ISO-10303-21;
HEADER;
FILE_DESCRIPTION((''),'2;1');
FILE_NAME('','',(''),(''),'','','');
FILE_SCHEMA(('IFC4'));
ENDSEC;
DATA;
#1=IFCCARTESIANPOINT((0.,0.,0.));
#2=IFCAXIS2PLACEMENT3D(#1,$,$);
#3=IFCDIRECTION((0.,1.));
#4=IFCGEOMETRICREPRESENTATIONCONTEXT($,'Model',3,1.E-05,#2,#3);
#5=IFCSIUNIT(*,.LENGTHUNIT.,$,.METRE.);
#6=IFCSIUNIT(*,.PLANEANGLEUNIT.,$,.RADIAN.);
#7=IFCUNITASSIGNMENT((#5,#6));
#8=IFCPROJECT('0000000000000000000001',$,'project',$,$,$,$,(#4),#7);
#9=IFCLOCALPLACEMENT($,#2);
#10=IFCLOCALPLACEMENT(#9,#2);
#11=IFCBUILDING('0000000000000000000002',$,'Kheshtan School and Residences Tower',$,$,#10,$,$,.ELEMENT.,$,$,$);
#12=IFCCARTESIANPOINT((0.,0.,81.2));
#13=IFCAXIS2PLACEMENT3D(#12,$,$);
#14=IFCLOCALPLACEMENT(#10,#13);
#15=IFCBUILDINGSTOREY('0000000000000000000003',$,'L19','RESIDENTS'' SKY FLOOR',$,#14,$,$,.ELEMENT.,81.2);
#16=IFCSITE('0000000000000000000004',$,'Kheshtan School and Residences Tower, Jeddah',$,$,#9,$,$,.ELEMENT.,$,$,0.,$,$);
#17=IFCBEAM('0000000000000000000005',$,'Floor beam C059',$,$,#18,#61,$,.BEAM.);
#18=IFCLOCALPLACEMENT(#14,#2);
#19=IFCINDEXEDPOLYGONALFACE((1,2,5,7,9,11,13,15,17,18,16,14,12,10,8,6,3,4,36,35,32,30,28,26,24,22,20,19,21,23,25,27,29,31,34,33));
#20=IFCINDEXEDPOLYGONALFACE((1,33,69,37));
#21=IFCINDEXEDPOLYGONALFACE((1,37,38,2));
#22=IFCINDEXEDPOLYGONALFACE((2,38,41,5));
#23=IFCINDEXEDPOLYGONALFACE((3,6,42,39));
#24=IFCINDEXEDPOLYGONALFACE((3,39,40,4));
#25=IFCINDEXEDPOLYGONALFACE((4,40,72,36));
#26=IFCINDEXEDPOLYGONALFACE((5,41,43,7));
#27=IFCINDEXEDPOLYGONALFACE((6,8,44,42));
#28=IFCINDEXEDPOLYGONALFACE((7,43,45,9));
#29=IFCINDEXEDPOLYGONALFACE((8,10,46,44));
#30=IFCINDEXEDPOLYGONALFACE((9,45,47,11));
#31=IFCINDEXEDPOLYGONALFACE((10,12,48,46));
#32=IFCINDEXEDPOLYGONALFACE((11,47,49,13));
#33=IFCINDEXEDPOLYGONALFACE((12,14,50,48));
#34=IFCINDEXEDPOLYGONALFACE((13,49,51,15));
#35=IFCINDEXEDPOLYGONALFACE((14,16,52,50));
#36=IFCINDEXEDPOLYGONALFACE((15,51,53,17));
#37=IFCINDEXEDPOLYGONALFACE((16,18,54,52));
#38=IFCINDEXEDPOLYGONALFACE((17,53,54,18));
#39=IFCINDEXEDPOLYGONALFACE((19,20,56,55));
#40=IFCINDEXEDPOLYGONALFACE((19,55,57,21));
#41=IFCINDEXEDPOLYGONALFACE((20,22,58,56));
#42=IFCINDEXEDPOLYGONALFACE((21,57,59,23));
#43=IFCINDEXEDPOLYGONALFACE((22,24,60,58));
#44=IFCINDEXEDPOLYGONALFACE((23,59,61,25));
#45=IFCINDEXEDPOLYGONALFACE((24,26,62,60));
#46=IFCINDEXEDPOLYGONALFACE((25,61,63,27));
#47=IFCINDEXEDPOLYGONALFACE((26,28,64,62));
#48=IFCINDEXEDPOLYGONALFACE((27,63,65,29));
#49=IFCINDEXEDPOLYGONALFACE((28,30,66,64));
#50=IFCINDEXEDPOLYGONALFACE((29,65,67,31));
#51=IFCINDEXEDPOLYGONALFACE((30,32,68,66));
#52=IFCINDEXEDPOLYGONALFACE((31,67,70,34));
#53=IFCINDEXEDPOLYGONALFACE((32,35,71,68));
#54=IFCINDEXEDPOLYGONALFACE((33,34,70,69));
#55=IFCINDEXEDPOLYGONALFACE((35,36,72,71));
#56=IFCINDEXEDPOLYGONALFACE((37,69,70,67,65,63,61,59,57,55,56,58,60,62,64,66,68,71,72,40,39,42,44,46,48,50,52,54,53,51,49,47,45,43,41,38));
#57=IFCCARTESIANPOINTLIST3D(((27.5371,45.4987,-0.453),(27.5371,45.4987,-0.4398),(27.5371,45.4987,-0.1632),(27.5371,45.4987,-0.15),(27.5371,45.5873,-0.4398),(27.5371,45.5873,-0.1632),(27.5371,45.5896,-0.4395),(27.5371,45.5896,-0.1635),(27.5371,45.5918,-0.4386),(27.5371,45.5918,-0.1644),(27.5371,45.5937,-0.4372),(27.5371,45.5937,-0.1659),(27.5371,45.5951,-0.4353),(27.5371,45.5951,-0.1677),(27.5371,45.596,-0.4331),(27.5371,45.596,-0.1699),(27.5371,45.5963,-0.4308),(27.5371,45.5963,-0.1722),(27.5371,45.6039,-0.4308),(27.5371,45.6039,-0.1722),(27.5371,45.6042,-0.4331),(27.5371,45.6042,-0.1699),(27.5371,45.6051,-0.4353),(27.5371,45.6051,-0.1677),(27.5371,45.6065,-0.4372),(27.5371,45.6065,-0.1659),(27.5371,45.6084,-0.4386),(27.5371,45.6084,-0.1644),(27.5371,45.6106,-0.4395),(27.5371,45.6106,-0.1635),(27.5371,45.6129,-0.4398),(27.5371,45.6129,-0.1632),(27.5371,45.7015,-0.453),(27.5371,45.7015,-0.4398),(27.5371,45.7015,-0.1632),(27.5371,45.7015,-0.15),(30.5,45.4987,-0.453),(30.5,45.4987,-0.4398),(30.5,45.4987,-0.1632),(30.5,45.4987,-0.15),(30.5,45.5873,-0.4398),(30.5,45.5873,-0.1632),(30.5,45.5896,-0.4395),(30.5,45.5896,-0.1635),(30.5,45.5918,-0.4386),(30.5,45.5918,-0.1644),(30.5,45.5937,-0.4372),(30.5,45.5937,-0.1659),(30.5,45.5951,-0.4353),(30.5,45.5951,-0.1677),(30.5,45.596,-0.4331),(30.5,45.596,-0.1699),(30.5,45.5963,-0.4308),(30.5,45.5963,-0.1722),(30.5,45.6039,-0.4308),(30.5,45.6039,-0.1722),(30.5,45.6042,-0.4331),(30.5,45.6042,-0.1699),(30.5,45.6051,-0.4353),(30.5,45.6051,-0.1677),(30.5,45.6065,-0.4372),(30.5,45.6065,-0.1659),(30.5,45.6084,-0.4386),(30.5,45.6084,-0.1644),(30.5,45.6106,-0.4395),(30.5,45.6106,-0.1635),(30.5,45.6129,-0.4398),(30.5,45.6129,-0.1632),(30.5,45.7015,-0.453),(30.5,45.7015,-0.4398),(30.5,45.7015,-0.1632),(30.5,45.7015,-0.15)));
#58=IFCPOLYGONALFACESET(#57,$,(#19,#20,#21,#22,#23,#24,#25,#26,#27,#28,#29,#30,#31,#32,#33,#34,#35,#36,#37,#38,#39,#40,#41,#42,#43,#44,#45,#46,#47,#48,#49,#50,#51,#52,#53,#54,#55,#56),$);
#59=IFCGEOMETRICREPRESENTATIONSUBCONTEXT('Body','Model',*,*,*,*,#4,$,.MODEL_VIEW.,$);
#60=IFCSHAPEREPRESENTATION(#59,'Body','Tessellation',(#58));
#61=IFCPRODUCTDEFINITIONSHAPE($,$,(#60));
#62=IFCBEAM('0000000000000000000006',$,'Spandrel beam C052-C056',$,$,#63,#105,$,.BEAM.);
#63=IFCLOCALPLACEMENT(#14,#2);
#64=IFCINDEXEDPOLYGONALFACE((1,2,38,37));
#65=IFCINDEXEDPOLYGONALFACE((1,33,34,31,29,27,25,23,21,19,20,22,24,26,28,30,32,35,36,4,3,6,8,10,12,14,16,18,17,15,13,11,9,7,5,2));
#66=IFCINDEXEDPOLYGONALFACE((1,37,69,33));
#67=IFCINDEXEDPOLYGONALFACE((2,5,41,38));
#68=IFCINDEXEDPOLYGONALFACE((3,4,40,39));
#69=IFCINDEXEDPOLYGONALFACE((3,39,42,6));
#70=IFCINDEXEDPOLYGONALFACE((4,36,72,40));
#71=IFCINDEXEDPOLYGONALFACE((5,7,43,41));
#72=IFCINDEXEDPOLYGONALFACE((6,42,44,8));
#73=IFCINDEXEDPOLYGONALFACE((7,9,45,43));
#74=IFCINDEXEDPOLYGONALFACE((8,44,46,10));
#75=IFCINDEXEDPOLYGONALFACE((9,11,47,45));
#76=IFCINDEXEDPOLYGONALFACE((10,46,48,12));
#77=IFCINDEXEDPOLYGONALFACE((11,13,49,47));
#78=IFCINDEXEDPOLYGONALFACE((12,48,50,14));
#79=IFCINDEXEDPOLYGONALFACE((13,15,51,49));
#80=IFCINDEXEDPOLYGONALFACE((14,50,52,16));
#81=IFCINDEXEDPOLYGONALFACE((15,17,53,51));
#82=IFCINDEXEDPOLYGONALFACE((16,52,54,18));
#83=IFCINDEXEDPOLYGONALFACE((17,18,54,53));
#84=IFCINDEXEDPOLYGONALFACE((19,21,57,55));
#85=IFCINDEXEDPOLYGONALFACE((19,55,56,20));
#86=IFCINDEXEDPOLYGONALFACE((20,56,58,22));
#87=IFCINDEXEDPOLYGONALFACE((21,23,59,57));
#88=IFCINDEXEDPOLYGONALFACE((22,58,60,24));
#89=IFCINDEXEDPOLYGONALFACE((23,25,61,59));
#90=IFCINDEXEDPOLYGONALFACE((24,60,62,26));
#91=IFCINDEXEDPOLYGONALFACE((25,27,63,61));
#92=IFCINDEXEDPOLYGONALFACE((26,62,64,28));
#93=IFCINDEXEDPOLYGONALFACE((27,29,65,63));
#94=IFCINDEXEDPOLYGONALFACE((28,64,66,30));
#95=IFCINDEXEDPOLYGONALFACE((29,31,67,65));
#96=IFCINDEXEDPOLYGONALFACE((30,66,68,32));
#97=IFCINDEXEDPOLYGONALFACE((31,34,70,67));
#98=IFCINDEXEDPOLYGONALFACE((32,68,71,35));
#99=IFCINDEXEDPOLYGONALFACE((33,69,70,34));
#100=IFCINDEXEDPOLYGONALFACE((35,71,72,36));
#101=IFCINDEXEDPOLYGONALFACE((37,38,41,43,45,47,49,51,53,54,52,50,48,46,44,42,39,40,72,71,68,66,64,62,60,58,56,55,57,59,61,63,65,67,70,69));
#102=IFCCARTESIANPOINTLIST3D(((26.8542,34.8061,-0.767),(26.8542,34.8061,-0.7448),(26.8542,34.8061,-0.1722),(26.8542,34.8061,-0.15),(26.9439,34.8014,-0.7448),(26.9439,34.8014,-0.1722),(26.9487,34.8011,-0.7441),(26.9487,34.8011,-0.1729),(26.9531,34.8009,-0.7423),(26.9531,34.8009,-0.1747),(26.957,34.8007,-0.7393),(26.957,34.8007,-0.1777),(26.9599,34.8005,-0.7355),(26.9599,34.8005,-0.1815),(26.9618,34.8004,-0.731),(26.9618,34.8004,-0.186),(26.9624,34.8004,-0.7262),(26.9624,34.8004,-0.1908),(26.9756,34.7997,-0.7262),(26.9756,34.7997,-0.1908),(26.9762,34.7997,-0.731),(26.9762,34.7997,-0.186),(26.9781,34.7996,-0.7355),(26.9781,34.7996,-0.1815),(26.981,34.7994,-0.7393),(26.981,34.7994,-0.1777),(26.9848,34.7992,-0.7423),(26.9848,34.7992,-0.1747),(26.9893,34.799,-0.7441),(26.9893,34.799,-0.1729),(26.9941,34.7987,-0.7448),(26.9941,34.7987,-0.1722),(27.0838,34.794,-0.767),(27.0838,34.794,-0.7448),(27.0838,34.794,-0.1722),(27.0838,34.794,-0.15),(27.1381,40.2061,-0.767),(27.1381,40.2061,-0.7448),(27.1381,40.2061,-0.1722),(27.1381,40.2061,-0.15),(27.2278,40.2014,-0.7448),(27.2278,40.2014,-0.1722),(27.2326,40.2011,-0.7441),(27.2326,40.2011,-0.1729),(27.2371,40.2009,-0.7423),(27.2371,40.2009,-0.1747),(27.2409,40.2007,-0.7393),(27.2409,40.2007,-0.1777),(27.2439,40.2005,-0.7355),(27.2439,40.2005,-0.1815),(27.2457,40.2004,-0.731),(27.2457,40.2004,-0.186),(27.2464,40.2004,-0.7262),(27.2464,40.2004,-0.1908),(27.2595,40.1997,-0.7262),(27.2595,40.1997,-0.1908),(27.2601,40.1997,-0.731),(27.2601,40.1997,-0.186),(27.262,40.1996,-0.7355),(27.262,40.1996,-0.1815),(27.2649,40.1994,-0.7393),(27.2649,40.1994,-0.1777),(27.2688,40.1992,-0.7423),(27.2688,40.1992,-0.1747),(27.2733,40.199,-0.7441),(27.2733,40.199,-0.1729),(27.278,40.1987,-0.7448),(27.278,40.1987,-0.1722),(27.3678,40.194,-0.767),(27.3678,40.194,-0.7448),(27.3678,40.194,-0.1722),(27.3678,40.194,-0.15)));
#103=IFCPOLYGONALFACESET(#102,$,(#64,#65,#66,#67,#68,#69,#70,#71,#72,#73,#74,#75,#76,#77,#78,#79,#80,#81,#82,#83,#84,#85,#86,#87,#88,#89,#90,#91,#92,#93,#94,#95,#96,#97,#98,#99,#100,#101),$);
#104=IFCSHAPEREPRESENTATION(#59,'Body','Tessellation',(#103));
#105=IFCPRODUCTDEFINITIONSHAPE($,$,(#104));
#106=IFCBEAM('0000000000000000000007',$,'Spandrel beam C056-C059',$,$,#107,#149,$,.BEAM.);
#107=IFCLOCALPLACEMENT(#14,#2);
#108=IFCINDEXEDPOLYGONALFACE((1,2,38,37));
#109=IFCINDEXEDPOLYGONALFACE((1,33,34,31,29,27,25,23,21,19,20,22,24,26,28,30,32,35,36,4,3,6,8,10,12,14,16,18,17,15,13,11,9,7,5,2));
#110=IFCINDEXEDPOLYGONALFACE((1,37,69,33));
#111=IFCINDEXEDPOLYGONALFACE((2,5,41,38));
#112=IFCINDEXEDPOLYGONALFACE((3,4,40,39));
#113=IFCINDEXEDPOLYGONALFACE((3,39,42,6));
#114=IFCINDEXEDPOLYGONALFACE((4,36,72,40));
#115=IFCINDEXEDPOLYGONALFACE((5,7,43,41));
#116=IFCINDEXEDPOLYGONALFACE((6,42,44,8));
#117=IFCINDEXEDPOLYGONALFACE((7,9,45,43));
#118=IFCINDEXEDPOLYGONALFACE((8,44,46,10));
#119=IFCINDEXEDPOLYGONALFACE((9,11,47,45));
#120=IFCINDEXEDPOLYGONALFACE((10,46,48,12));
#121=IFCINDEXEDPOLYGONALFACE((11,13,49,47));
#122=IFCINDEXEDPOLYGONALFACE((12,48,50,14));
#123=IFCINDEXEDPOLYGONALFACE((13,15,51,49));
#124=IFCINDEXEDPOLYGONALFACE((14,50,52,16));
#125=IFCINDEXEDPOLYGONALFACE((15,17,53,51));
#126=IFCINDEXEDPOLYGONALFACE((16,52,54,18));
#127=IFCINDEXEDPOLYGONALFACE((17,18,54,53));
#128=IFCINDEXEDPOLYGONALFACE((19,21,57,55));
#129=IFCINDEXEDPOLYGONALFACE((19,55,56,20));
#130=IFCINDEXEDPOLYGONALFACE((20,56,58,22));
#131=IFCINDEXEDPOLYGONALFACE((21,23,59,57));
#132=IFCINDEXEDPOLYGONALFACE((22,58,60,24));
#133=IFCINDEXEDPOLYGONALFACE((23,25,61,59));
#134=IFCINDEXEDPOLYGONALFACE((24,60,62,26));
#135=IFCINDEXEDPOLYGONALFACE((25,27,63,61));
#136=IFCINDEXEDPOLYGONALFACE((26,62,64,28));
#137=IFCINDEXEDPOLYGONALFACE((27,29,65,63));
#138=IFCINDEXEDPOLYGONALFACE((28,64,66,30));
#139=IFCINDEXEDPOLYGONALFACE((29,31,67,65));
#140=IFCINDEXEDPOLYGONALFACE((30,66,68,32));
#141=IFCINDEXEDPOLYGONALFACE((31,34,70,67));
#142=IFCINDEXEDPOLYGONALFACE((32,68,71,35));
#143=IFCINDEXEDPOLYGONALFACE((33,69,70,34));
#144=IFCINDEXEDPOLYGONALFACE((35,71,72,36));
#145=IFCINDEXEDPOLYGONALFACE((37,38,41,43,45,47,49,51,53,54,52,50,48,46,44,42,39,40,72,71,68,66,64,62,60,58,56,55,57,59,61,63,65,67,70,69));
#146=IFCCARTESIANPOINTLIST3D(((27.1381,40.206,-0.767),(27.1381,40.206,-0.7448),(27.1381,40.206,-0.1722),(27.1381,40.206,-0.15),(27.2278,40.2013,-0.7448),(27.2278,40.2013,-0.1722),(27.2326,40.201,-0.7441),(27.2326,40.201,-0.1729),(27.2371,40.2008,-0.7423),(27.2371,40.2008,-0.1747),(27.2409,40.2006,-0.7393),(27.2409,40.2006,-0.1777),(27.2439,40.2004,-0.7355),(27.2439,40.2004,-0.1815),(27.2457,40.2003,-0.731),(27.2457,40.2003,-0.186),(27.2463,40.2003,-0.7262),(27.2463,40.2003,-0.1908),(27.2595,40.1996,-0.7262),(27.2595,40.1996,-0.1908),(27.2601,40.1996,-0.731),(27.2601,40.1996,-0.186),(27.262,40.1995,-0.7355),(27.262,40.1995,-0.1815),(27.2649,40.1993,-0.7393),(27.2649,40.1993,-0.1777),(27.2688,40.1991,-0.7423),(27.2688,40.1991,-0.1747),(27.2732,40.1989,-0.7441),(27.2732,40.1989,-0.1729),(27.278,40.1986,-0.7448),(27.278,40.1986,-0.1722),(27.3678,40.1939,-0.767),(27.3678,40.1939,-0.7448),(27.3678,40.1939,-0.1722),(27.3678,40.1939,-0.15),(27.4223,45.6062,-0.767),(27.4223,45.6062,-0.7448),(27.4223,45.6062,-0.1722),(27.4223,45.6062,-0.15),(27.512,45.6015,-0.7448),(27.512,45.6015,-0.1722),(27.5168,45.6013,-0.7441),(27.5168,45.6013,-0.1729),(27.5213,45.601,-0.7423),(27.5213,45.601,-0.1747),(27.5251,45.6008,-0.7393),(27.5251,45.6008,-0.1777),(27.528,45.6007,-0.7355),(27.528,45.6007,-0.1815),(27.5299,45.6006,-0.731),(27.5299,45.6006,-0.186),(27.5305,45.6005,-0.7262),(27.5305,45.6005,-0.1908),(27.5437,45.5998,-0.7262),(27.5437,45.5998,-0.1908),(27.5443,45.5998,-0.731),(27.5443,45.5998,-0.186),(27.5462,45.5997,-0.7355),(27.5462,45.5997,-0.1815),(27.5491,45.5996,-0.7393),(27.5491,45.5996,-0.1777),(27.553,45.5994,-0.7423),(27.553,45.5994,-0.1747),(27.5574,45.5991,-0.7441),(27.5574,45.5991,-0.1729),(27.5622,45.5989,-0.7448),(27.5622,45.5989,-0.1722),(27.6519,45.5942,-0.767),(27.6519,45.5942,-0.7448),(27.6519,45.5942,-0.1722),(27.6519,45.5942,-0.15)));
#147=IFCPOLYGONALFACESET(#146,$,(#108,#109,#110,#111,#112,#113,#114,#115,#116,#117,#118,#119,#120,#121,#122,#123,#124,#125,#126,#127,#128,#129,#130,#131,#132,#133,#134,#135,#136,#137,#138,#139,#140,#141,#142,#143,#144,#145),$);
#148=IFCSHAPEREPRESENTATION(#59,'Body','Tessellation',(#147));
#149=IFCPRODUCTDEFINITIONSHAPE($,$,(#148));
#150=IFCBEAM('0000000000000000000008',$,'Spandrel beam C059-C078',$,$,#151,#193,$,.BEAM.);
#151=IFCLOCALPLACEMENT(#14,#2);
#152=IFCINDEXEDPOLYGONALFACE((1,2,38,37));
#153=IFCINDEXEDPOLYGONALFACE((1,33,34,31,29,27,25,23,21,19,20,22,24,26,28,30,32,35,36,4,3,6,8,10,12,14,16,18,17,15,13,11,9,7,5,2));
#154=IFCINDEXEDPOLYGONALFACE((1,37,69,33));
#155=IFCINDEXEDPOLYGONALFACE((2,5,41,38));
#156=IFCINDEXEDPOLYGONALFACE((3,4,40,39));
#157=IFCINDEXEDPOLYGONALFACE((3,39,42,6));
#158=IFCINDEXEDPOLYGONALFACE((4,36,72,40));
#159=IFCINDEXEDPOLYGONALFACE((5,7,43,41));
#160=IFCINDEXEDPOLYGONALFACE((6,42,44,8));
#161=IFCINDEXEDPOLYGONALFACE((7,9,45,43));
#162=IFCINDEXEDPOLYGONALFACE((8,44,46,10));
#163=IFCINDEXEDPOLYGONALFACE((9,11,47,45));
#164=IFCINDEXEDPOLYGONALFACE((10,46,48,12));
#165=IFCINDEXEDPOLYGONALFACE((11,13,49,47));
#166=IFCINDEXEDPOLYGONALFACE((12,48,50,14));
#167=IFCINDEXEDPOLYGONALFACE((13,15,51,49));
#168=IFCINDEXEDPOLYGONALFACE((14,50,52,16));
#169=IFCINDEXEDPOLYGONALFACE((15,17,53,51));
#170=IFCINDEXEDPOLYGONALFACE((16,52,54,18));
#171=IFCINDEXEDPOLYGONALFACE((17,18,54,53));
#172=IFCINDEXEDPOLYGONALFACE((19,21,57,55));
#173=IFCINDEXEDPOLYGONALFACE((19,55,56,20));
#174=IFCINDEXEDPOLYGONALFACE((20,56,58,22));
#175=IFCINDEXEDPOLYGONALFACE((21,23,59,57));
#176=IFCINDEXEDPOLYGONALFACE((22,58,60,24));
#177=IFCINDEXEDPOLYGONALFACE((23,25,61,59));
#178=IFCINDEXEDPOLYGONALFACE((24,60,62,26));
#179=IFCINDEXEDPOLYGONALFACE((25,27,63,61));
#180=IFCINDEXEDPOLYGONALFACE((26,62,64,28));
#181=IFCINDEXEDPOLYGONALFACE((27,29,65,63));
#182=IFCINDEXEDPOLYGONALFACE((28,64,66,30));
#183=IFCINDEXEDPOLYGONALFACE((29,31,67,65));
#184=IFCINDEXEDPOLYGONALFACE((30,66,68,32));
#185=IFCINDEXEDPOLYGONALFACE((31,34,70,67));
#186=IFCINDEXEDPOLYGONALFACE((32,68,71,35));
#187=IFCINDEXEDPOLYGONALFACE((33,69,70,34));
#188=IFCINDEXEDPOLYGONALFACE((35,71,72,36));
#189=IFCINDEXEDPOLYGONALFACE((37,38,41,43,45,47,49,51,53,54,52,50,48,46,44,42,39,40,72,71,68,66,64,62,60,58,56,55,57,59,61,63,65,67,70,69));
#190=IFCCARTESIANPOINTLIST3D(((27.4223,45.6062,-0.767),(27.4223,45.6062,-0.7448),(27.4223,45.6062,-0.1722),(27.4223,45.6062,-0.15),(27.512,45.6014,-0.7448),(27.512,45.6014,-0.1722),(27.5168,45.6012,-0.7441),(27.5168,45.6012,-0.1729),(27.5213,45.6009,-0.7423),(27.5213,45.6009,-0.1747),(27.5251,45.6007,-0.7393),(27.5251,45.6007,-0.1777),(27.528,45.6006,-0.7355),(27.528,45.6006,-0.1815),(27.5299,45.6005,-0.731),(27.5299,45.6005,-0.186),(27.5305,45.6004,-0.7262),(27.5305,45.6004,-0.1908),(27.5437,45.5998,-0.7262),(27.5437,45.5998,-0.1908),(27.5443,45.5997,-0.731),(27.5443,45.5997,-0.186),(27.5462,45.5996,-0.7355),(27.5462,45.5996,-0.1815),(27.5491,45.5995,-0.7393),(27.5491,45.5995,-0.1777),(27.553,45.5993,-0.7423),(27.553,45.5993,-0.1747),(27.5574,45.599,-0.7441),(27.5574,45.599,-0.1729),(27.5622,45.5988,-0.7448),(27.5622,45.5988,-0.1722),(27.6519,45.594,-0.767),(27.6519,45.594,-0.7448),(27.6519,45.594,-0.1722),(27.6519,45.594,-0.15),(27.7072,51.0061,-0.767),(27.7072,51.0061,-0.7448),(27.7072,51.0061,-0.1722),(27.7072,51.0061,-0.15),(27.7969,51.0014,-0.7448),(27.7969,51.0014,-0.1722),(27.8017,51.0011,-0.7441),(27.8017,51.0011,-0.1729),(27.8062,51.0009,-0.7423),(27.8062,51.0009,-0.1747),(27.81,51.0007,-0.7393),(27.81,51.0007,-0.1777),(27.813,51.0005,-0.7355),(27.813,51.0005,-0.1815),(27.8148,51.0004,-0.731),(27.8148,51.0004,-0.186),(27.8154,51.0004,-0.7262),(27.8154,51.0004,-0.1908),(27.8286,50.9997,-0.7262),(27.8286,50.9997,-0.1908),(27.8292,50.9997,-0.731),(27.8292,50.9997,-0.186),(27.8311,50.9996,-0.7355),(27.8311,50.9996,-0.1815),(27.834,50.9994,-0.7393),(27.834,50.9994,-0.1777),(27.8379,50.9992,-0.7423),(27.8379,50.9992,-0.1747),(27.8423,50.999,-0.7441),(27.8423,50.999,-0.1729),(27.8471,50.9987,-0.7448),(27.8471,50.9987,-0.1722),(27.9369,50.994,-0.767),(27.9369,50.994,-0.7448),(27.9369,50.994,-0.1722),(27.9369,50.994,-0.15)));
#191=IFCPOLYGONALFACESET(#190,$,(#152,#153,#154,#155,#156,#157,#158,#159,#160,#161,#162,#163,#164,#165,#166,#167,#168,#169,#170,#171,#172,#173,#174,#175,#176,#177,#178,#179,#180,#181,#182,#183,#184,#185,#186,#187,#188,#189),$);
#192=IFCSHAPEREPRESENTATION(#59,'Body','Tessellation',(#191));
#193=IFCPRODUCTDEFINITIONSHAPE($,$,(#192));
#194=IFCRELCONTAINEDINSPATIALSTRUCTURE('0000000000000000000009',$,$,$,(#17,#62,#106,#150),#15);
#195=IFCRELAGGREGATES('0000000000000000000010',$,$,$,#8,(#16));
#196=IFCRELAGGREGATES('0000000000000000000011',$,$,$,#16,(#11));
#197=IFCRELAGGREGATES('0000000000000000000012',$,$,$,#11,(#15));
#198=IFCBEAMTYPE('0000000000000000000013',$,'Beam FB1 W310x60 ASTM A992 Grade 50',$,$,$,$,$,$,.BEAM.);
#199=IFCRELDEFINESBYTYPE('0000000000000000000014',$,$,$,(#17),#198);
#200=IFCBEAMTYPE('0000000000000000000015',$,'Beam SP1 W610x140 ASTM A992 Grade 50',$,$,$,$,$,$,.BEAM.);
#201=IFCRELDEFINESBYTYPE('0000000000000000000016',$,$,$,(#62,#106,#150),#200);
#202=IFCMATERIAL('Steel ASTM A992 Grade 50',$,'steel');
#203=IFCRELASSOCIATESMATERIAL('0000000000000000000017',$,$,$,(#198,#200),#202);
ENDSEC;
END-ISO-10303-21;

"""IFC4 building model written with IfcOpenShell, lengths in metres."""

from ifc_helpers import new_model, si_unit, direction, frame, origin, origin_2d, place, context, subcontext, project, spatial, i_section, extrude, material, material_profile, profile_set, type_object, element, save


model = new_model("IFC4")

# Units and contexts
model_context = context("Model", 3, precision=1e-05, world=origin(), true_north=direction((0.0, 1.0)))
body_context = subcontext(model_context, "Body", "Model", "MODEL_VIEW")
ifc_project = project(units=[si_unit("LENGTHUNIT", "METRE"), si_unit("PLANEANGLEUNIT", "RADIAN")], contexts=[model_context])

# Site, building, storey
site_placement = place(None, origin())
site = spatial("IfcSite", under=ifc_project, at=site_placement, Name="Kheshtan School and Residences Tower, Jeddah", CompositionType="ELEMENT", RefElevation=0.0)
building_placement = place(site_placement, origin())
building = spatial("IfcBuilding", under=site, at=building_placement, Name="Kheshtan School and Residences Tower", CompositionType="ELEMENT")
storey_placement = place(building_placement, frame((0.0, 0.0, 81.2)))
storey = spatial("IfcBuildingStorey", under=building, at=storey_placement, Name="L19", Description="RESIDENTS' SKY FLOOR", CompositionType="ELEMENT", Elevation=81.2)

# Shared definitions
ifc_material_1 = material(Name="Steel ASTM A992 Grade 50", Category="steel")

# Beams
ifc_material_profile_1 = material_profile(ifc_material_1, i_section(OverallWidth=0.2029, OverallDepth=0.303, WebThickness=0.0076, FlangeThickness=0.0132, FilletRadius=0.009, at=origin_2d()), Name="W310x60")
ifc_profile_set_1 = profile_set([ifc_material_profile_1], Name="Steel ASTM A992 Grade 50")
beam_type_1 = type_object("IfcBeamType", Name="Beam FB1 W310x60 ASTM A992 Grade 50", PredefinedType="BEAM", material=ifc_profile_set_1)
beam_1_placement = place(storey_placement, frame((27.5371, 45.6001, -0.3015), z_axis=(1.0, 0.0, 0.0), x_axis=(0.0, 1.0, 0.0)))
element("IfcBeam", 1, at=beam_1_placement, inside=storey, type_object=beam_type_1, Name="Floor beam C059", PredefinedType="BEAM", context=body_context, shape_type="SweptSolid", body=[
    extrude(i_section(OverallWidth=0.2029, OverallDepth=0.303, WebThickness=0.0076, FlangeThickness=0.0132, FilletRadius=0.009, at=origin_2d()), origin(), (0.0, 0.0, 1.0), 2.9629),
])
ifc_material_profile_2 = material_profile(ifc_material_1, i_section(OverallWidth=0.23, OverallDepth=0.6169, WebThickness=0.0132, FlangeThickness=0.0222, FilletRadius=0.0186, at=origin_2d()), Name="W610x140")
ifc_profile_set_2 = profile_set([ifc_material_profile_2], Name="Steel ASTM A992 Grade 50")
beam_type_2 = type_object("IfcBeamType", Name="Beam SP1 W610x140 ASTM A992 Grade 50", PredefinedType="BEAM", material=ifc_profile_set_2)
beam_2_placement = place(storey_placement, frame((26.969, 34.8, -0.4585), z_axis=(0.052509, 0.99862, 0.0), x_axis=(-0.99862, 0.052509, 0.0)))
element("IfcBeam", 2, at=beam_2_placement, inside=storey, type_object=beam_type_2, Name="Spandrel beam C052-C056", PredefinedType="BEAM", context=body_context, shape_type="SweptSolid", body=[
    extrude(i_section(OverallWidth=0.23, OverallDepth=0.6169, WebThickness=0.0132, FlangeThickness=0.0222, FilletRadius=0.0186, at=origin_2d()), origin(), (0.0, 0.0, 1.0), 5.4075),
])
beam_3_placement = place(storey_placement, frame((27.2529, 40.2, -0.4585), z_axis=(0.052552, 0.998618, 0.0), x_axis=(-0.998618, 0.052552, 0.0)))
element("IfcBeam", 3, at=beam_3_placement, inside=storey, type_object=beam_type_2, Name="Spandrel beam C056-C059", PredefinedType="BEAM", context=body_context, shape_type="SweptSolid", body=[
    extrude(i_section(OverallWidth=0.23, OverallDepth=0.6169, WebThickness=0.0132, FlangeThickness=0.0222, FilletRadius=0.0186, at=origin_2d()), origin(), (0.0, 0.0, 1.0), 5.4077),
])
beam_4_placement = place(storey_placement, frame((27.5371, 45.6001, -0.4585), z_axis=(0.052689, 0.998611, 0.0), x_axis=(-0.998611, 0.052689, 0.0)))
element("IfcBeam", 4, at=beam_4_placement, inside=storey, type_object=beam_type_2, Name="Spandrel beam C059-C078", PredefinedType="BEAM", context=body_context, shape_type="SweptSolid", body=[
    extrude(i_section(OverallWidth=0.23, OverallDepth=0.6169, WebThickness=0.0132, FlangeThickness=0.0222, FilletRadius=0.0186, at=origin_2d()), origin(), (0.0, 0.0, 1.0), 5.4075),
])

save(model, "model.ifc")
